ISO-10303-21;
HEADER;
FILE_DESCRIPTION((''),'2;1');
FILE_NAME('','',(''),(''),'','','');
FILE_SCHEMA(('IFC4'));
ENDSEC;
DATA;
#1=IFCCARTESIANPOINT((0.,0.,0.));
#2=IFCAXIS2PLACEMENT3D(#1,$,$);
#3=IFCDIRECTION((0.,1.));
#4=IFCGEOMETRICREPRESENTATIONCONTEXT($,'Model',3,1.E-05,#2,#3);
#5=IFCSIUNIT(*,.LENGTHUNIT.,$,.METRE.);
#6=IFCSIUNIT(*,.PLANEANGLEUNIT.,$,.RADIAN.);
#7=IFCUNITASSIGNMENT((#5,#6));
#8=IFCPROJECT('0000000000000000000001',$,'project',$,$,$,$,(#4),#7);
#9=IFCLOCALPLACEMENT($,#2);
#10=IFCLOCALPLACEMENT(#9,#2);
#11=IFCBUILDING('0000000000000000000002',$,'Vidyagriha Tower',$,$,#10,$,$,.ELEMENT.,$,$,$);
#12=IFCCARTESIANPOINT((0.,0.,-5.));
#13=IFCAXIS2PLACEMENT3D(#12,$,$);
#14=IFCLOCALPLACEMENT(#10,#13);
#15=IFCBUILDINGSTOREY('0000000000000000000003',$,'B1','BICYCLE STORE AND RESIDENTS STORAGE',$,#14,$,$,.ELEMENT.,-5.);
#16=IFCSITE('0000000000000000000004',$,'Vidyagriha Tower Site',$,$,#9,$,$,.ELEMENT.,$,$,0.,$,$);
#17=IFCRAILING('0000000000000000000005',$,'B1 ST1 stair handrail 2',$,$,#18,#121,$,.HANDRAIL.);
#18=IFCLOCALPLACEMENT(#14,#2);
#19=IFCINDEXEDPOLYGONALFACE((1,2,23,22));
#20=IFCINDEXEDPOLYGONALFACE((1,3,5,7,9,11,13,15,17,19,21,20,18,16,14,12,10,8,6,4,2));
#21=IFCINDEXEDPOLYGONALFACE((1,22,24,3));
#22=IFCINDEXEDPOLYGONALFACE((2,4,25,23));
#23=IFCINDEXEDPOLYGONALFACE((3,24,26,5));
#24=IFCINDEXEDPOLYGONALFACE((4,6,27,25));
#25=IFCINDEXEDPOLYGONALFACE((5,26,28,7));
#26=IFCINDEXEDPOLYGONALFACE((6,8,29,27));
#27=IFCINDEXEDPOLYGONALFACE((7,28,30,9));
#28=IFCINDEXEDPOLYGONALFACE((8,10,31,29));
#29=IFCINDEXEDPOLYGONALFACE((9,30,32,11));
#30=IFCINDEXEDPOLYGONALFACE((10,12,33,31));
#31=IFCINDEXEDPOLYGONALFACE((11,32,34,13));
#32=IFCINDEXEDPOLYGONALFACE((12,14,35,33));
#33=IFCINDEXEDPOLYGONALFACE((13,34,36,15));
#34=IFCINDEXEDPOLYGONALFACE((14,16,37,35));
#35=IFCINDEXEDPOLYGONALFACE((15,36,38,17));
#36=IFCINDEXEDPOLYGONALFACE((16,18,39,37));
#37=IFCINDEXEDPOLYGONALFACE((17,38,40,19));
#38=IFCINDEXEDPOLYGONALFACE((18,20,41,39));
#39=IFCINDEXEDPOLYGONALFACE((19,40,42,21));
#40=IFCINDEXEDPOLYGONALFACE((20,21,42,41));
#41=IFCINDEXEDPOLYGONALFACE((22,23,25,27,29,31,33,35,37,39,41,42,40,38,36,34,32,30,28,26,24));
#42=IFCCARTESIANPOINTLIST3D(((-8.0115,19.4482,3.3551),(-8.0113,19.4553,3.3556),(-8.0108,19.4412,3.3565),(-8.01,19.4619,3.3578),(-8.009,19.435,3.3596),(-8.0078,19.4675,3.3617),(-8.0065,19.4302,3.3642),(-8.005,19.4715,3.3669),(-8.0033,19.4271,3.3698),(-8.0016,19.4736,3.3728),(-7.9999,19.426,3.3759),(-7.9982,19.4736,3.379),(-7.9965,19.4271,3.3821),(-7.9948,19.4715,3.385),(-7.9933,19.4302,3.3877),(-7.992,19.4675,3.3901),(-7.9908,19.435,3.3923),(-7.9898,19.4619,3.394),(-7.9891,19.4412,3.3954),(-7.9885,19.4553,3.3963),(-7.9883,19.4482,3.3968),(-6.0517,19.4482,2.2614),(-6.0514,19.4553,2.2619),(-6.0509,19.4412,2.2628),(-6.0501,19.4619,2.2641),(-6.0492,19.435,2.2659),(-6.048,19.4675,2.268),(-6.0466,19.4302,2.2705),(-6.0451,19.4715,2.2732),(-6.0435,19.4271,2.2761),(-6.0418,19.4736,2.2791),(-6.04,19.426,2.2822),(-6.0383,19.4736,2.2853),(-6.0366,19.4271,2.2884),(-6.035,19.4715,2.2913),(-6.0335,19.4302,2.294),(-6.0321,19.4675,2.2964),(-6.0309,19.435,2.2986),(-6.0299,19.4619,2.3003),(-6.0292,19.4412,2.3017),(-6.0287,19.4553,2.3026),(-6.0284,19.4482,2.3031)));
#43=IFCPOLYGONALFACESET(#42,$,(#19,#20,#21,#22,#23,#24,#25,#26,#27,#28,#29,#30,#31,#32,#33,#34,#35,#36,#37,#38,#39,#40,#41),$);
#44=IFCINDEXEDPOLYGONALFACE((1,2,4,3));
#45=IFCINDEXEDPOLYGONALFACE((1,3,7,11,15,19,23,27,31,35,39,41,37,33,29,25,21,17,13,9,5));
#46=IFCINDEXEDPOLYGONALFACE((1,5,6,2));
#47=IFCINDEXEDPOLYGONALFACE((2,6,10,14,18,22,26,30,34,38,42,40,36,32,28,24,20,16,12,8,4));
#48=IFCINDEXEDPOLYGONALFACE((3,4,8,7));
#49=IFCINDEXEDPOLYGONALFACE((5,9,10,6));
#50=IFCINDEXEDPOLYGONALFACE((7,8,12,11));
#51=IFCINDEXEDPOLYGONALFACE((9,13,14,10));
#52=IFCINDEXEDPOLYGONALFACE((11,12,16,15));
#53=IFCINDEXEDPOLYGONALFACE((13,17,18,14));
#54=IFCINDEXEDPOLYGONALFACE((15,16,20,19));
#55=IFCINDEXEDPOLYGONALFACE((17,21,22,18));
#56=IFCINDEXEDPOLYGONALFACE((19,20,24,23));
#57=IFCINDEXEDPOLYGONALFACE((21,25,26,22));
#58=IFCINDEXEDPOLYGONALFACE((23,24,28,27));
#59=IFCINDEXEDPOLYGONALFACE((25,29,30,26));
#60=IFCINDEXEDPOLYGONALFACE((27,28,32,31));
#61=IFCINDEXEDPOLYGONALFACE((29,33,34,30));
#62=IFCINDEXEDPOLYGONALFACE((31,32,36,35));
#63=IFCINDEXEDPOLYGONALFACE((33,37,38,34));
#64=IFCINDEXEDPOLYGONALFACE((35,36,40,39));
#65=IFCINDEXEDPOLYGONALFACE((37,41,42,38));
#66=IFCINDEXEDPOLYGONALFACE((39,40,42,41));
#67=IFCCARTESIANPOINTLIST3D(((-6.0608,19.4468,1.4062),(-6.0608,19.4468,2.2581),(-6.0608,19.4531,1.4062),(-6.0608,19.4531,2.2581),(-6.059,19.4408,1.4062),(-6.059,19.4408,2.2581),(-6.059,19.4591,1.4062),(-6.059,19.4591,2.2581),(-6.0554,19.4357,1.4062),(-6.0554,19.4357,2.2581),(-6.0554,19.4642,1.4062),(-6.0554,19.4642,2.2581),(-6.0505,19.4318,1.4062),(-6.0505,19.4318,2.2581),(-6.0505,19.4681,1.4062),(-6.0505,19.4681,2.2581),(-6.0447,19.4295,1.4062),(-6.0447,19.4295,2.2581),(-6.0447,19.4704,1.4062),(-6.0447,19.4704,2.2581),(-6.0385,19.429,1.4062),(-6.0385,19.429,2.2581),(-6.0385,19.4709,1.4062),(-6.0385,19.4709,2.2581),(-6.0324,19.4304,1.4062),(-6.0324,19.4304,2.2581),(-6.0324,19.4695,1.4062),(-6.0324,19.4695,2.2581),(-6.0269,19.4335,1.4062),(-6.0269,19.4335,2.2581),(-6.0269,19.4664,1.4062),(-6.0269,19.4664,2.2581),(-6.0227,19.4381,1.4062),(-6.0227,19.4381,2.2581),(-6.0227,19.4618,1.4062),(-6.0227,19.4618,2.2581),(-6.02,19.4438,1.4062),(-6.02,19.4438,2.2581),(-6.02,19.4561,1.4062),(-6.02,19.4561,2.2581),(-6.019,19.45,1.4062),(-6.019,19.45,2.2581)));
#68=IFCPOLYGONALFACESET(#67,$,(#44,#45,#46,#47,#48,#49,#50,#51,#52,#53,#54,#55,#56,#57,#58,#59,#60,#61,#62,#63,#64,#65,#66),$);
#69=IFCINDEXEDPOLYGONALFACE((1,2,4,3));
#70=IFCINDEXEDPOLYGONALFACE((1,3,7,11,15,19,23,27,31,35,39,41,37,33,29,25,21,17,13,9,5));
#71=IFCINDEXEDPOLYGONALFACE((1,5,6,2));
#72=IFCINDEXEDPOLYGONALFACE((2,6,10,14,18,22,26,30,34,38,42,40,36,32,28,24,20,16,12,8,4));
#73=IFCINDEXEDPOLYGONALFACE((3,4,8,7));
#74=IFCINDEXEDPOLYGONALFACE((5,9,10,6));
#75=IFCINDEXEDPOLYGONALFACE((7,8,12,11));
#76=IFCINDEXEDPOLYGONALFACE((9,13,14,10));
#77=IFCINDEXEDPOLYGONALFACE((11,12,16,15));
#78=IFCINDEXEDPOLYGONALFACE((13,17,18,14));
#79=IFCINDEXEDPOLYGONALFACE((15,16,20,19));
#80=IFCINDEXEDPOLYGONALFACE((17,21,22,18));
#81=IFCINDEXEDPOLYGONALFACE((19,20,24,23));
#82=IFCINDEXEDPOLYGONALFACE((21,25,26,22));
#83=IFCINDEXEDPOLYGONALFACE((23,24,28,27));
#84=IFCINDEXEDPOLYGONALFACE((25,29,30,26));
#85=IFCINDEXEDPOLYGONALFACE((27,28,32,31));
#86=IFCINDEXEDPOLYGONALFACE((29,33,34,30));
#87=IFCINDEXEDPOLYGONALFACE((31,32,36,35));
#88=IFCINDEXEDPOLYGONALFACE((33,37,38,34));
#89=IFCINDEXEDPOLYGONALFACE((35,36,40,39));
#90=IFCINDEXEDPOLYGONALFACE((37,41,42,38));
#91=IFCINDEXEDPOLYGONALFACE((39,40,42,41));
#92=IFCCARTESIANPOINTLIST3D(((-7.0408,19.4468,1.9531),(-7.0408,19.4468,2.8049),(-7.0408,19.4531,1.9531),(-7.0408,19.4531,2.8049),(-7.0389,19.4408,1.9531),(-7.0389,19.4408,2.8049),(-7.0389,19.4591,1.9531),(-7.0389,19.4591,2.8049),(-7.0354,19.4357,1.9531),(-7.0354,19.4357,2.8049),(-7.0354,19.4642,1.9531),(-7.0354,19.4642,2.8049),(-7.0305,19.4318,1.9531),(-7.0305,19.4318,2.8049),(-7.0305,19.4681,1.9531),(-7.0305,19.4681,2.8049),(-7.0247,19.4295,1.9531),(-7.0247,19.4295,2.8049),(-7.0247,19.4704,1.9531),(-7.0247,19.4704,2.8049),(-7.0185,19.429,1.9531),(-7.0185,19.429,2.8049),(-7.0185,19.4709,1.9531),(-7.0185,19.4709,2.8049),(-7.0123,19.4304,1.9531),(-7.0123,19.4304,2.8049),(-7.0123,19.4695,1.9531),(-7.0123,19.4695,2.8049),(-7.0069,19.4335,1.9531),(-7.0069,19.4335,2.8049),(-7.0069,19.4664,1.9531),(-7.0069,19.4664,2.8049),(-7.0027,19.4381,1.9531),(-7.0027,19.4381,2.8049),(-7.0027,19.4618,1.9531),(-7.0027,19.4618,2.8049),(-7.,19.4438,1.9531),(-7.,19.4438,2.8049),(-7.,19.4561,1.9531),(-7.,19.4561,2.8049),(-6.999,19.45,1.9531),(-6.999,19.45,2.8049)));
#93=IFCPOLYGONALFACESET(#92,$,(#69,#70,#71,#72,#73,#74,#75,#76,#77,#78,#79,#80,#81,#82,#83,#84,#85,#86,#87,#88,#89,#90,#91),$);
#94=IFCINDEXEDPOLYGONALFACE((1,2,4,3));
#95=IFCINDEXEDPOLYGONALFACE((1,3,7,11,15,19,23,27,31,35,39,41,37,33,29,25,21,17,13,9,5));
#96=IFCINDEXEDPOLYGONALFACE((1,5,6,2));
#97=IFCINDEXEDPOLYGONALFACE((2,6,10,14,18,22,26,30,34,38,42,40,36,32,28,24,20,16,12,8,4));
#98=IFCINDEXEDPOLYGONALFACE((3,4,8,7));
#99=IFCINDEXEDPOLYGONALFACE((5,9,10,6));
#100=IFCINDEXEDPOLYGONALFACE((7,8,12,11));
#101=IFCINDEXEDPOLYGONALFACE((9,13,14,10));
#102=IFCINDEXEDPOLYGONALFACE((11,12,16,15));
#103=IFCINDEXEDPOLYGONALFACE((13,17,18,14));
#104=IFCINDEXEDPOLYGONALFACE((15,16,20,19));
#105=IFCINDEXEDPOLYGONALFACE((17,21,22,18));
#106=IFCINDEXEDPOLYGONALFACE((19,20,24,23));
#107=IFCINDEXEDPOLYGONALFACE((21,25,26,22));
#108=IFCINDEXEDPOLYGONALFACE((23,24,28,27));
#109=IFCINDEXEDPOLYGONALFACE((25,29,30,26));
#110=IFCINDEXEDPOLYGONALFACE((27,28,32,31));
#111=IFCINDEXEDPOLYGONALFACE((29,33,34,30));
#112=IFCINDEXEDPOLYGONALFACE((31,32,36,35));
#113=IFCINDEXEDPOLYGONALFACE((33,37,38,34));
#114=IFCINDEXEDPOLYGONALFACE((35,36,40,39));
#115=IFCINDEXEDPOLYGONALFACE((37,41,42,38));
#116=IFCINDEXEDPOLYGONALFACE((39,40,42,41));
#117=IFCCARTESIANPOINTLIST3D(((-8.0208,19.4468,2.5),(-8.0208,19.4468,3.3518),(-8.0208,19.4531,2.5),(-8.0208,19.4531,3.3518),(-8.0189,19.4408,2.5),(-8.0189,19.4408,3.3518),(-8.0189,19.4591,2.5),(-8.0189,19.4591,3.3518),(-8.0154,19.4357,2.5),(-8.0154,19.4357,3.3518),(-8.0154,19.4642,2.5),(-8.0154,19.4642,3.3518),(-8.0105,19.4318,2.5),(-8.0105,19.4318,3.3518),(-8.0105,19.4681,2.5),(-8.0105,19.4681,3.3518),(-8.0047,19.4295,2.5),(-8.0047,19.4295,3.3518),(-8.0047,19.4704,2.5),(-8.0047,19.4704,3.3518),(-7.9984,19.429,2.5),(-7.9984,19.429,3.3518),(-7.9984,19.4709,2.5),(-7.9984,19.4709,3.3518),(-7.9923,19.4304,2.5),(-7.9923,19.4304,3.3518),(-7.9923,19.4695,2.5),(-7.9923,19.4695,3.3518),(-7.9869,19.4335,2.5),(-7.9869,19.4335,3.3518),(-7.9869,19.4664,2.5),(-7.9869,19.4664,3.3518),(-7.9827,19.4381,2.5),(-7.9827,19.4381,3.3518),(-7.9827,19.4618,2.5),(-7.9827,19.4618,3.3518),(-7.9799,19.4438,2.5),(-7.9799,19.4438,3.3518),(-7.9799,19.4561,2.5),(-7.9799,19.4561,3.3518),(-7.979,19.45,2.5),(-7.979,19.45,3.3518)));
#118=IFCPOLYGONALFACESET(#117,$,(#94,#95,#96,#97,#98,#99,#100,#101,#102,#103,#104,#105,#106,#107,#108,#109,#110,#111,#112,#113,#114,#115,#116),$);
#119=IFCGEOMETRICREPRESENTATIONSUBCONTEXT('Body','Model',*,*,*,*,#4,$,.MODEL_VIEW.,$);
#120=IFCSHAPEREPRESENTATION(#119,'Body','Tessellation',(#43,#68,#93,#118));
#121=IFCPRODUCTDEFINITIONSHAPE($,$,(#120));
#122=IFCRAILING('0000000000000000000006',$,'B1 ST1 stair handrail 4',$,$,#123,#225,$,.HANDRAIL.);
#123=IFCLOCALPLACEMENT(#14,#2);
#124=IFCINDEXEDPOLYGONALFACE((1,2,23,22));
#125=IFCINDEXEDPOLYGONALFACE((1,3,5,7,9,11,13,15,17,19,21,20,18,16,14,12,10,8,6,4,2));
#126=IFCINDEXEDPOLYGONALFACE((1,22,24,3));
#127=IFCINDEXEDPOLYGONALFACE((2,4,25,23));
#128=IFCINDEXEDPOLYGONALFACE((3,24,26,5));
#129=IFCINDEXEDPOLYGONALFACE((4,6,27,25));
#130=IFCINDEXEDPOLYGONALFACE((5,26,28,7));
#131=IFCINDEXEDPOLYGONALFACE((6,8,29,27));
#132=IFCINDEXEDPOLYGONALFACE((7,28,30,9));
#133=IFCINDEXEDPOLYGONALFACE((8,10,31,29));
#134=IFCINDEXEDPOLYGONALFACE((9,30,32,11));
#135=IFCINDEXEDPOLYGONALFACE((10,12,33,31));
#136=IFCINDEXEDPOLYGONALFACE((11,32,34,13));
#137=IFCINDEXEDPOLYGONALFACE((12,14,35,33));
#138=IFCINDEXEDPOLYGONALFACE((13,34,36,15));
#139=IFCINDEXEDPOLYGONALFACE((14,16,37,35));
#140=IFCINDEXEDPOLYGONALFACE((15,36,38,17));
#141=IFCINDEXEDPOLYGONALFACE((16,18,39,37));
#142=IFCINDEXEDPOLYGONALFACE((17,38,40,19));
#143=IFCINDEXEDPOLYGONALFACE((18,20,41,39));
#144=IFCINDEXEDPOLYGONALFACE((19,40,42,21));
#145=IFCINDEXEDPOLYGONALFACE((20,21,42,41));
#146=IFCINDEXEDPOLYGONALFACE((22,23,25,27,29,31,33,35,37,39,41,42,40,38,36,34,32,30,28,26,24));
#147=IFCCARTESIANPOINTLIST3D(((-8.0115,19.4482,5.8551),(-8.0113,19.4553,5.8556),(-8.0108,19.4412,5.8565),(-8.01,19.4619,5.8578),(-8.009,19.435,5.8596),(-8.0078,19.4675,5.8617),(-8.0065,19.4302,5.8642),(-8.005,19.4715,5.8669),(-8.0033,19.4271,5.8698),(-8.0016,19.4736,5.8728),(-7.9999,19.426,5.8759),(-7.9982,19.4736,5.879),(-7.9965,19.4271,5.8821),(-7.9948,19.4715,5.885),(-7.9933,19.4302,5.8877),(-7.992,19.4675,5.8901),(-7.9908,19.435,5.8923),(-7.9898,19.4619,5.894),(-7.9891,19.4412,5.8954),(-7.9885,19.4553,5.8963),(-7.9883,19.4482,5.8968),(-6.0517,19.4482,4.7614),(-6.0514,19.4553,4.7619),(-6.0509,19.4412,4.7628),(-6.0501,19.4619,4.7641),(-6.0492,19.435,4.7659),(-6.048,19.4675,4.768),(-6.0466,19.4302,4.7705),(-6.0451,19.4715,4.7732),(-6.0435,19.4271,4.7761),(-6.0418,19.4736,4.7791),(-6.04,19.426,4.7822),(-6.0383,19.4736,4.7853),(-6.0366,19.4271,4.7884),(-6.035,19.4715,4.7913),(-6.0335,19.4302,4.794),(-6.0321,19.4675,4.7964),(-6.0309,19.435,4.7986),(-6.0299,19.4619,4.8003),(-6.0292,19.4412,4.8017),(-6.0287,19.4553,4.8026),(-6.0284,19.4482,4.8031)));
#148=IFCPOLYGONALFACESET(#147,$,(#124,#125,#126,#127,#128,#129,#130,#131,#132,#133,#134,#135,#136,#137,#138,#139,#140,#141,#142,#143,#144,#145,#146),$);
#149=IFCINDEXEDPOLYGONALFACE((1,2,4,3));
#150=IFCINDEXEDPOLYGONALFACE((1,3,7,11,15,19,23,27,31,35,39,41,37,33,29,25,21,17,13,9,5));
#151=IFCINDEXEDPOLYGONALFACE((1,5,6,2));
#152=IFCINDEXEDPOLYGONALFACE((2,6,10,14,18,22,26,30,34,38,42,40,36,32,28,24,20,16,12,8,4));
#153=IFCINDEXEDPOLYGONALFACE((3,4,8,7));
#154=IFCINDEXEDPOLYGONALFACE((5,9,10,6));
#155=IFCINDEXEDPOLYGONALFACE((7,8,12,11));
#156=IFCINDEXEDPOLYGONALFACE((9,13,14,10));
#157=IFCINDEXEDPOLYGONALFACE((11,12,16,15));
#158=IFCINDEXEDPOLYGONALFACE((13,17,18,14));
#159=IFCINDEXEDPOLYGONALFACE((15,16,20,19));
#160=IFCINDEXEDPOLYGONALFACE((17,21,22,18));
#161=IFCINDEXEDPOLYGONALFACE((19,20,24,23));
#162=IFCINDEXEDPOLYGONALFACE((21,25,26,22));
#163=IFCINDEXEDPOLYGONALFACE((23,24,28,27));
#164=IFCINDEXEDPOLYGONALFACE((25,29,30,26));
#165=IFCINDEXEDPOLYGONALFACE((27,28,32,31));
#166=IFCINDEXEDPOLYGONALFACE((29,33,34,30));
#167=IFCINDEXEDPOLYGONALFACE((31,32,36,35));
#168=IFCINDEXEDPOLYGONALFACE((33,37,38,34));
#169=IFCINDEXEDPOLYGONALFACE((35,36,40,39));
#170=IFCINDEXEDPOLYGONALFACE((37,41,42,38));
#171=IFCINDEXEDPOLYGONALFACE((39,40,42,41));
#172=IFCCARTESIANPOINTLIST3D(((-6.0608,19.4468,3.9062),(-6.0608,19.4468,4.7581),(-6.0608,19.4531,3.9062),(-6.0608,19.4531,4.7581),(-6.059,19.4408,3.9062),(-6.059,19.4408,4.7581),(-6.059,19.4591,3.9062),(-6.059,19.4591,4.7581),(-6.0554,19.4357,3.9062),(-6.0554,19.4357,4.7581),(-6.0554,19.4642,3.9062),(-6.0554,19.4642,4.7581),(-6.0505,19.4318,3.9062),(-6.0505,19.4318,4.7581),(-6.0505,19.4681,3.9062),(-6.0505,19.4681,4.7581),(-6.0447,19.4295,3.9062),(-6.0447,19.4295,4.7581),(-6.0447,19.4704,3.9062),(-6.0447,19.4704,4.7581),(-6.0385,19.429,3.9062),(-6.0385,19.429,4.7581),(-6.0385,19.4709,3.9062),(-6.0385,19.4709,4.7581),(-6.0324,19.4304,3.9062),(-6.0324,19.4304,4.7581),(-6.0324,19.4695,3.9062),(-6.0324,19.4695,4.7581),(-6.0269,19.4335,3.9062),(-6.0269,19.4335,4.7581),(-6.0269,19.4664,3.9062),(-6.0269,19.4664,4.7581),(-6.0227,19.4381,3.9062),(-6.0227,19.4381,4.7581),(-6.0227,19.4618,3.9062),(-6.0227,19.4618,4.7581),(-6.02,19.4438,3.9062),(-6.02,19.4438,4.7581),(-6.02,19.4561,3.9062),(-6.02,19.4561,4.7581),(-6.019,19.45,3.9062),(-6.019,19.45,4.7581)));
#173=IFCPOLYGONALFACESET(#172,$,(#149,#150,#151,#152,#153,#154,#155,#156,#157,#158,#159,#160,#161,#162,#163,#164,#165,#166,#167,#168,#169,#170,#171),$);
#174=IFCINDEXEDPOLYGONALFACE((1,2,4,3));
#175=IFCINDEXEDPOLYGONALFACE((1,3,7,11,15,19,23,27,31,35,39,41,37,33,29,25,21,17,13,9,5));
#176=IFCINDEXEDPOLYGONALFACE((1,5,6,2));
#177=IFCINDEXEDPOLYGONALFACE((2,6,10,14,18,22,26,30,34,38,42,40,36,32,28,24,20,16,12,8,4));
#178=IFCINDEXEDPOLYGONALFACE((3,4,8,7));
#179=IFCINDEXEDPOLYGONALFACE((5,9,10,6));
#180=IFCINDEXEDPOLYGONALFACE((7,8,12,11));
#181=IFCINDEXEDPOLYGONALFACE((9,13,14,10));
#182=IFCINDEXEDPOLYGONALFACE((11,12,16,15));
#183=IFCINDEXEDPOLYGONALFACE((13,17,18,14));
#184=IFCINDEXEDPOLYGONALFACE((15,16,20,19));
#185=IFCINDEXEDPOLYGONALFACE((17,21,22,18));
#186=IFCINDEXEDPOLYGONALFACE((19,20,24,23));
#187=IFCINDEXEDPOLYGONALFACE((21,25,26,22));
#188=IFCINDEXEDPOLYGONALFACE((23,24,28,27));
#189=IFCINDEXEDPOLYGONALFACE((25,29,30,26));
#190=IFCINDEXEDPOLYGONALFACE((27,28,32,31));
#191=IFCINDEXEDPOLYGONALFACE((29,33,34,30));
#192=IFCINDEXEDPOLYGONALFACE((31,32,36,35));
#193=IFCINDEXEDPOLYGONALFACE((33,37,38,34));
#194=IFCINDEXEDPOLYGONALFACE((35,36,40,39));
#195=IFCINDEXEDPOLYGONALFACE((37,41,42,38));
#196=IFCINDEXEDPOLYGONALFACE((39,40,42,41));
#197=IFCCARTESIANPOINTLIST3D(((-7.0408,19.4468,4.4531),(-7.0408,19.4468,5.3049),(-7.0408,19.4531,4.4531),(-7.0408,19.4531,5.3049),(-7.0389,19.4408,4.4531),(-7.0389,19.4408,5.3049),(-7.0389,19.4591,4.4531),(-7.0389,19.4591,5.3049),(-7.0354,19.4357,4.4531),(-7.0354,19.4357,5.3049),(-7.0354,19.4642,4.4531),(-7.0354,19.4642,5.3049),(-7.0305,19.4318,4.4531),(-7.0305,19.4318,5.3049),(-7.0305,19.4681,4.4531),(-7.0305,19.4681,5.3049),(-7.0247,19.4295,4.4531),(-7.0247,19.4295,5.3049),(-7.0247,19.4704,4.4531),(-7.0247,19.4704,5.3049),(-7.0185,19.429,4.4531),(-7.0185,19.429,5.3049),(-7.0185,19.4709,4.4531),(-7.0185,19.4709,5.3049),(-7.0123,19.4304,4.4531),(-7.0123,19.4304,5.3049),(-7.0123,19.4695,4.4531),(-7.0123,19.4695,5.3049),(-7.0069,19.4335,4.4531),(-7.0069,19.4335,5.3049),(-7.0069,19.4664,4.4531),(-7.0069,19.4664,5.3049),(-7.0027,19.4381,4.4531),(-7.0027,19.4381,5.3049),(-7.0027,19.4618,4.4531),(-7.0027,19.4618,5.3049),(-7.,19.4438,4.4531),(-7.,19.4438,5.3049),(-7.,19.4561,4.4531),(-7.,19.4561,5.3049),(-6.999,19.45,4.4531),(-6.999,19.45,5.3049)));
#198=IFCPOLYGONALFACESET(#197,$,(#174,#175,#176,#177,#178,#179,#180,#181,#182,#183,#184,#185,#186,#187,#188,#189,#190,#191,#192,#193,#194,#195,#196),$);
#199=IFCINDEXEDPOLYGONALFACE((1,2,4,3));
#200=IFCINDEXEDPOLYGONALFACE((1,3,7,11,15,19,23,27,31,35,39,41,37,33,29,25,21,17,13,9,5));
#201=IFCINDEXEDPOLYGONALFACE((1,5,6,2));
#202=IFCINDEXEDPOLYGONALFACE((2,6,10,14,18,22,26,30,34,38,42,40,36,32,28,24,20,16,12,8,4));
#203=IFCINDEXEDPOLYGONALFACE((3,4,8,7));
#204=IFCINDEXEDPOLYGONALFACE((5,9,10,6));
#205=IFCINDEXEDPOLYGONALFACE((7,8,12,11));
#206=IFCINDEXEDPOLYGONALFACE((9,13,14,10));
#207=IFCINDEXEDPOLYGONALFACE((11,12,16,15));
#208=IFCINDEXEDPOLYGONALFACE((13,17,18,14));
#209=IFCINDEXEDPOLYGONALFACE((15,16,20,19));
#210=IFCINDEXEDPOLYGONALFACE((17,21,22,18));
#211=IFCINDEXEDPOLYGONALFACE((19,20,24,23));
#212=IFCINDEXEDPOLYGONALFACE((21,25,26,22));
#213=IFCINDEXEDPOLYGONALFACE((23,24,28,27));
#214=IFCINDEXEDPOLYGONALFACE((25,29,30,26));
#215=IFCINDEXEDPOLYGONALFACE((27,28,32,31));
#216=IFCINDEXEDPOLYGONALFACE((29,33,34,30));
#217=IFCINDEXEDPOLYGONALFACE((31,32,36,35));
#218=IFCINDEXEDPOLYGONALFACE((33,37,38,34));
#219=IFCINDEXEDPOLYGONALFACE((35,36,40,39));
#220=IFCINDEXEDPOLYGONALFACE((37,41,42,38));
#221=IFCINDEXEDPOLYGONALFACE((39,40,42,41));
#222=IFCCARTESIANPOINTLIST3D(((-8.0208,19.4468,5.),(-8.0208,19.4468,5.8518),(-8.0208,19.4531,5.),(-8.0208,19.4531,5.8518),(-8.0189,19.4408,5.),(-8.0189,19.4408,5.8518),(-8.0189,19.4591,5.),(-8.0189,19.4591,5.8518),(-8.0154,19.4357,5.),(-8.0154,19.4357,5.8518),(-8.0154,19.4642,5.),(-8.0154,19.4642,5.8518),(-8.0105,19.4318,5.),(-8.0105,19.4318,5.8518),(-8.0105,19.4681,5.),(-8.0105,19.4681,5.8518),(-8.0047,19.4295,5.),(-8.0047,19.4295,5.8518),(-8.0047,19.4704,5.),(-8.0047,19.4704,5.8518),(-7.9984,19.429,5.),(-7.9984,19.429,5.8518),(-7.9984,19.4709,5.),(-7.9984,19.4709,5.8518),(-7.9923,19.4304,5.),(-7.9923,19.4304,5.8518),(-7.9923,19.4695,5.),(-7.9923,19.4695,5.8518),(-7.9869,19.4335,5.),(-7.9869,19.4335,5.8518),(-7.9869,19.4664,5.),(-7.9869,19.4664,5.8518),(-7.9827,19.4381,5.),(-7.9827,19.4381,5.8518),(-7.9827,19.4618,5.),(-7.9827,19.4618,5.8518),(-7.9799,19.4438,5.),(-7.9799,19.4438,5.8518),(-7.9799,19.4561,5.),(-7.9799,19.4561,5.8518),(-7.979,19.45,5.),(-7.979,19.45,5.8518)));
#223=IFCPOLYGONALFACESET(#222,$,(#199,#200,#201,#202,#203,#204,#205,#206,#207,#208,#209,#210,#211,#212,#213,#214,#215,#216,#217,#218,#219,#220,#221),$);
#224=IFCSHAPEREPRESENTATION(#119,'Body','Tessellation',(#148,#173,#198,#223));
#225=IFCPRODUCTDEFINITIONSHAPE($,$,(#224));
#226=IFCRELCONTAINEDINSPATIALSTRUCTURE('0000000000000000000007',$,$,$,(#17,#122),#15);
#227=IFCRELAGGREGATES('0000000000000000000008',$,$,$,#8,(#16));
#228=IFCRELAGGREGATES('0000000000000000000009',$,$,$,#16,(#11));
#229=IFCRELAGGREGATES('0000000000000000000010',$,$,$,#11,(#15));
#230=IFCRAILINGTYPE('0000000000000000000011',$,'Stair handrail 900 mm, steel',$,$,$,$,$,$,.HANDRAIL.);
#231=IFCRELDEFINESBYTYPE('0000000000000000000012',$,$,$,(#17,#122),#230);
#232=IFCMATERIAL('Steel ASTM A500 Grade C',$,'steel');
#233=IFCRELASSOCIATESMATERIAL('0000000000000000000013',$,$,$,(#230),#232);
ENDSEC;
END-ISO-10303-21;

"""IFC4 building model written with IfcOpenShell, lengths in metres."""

from ifc_helpers import new_model, si_unit, direction, frame, origin, origin_2d, place, context, subcontext, project, spatial, circle, extrude, material, type_object, element, save


model = new_model("IFC4")

# Units and contexts
model_context = context("Model", 3, precision=1e-05, world=origin(), true_north=direction((0.0, 1.0)))
body_context = subcontext(model_context, "Body", "Model", "MODEL_VIEW")
ifc_project = project(units=[si_unit("LENGTHUNIT", "METRE"), si_unit("PLANEANGLEUNIT", "RADIAN")], contexts=[model_context])

# Site, building, storey
site_placement = place(None, origin())
site = spatial("IfcSite", under=ifc_project, at=site_placement, Name="Vidyagriha Tower Site", CompositionType="ELEMENT", RefElevation=0.0)
building_placement = place(site_placement, origin())
building = spatial("IfcBuilding", under=site, at=building_placement, Name="Vidyagriha Tower", CompositionType="ELEMENT")
storey_placement = place(building_placement, frame((0.0, 0.0, -5.0)))
storey = spatial("IfcBuildingStorey", under=building, at=storey_placement, Name="B1", Description="BICYCLE STORE AND RESIDENTS STORAGE", CompositionType="ELEMENT", Elevation=-5.0)

# Railings
ifc_material_1 = material(Name="Steel ASTM A500 Grade C", Category="steel")
railing_type_1 = type_object("IfcRailingType", Name="Stair handrail 900 mm, steel", PredefinedType="HANDRAIL", material=ifc_material_1)
for number, where, name in (
    (1, (-6.04, 19.45, 1.4062), "B1 ST1 stair handrail 2"),
    (2, (-6.04, 19.45, 3.9062), "B1 ST1 stair handrail 4"),
):
    element("IfcRailing", number, at=place(storey_placement, frame(where)), inside=storey, type_object=railing_type_1, Name=name, PredefinedType="HANDRAIL", context=body_context, shape_type="SweptSolid", body=[
        extrude(circle(Radius=0.0239, at=origin_2d()), frame((0.0, 0.0, 0.876), z_axis=(-0.873232, 0.0, 0.487304), x_axis=(0.0, -1.0, 0.0)), (0.0, 0.0, 1.0), 2.2444),
        extrude(circle(Radius=0.021, at=origin_2d()), origin(), (0.0, 0.0, 1.0), 0.8518),
        extrude(circle(Radius=0.021, at=origin_2d()), frame((-0.98, 0.0, 0.5469)), (0.0, 0.0, 1.0), 0.8518),
        extrude(circle(Radius=0.021, at=origin_2d()), frame((-1.96, 0.0, 1.0938)), (0.0, 0.0, 1.0), 0.8518),
    ])

save(model, "model.ifc")
